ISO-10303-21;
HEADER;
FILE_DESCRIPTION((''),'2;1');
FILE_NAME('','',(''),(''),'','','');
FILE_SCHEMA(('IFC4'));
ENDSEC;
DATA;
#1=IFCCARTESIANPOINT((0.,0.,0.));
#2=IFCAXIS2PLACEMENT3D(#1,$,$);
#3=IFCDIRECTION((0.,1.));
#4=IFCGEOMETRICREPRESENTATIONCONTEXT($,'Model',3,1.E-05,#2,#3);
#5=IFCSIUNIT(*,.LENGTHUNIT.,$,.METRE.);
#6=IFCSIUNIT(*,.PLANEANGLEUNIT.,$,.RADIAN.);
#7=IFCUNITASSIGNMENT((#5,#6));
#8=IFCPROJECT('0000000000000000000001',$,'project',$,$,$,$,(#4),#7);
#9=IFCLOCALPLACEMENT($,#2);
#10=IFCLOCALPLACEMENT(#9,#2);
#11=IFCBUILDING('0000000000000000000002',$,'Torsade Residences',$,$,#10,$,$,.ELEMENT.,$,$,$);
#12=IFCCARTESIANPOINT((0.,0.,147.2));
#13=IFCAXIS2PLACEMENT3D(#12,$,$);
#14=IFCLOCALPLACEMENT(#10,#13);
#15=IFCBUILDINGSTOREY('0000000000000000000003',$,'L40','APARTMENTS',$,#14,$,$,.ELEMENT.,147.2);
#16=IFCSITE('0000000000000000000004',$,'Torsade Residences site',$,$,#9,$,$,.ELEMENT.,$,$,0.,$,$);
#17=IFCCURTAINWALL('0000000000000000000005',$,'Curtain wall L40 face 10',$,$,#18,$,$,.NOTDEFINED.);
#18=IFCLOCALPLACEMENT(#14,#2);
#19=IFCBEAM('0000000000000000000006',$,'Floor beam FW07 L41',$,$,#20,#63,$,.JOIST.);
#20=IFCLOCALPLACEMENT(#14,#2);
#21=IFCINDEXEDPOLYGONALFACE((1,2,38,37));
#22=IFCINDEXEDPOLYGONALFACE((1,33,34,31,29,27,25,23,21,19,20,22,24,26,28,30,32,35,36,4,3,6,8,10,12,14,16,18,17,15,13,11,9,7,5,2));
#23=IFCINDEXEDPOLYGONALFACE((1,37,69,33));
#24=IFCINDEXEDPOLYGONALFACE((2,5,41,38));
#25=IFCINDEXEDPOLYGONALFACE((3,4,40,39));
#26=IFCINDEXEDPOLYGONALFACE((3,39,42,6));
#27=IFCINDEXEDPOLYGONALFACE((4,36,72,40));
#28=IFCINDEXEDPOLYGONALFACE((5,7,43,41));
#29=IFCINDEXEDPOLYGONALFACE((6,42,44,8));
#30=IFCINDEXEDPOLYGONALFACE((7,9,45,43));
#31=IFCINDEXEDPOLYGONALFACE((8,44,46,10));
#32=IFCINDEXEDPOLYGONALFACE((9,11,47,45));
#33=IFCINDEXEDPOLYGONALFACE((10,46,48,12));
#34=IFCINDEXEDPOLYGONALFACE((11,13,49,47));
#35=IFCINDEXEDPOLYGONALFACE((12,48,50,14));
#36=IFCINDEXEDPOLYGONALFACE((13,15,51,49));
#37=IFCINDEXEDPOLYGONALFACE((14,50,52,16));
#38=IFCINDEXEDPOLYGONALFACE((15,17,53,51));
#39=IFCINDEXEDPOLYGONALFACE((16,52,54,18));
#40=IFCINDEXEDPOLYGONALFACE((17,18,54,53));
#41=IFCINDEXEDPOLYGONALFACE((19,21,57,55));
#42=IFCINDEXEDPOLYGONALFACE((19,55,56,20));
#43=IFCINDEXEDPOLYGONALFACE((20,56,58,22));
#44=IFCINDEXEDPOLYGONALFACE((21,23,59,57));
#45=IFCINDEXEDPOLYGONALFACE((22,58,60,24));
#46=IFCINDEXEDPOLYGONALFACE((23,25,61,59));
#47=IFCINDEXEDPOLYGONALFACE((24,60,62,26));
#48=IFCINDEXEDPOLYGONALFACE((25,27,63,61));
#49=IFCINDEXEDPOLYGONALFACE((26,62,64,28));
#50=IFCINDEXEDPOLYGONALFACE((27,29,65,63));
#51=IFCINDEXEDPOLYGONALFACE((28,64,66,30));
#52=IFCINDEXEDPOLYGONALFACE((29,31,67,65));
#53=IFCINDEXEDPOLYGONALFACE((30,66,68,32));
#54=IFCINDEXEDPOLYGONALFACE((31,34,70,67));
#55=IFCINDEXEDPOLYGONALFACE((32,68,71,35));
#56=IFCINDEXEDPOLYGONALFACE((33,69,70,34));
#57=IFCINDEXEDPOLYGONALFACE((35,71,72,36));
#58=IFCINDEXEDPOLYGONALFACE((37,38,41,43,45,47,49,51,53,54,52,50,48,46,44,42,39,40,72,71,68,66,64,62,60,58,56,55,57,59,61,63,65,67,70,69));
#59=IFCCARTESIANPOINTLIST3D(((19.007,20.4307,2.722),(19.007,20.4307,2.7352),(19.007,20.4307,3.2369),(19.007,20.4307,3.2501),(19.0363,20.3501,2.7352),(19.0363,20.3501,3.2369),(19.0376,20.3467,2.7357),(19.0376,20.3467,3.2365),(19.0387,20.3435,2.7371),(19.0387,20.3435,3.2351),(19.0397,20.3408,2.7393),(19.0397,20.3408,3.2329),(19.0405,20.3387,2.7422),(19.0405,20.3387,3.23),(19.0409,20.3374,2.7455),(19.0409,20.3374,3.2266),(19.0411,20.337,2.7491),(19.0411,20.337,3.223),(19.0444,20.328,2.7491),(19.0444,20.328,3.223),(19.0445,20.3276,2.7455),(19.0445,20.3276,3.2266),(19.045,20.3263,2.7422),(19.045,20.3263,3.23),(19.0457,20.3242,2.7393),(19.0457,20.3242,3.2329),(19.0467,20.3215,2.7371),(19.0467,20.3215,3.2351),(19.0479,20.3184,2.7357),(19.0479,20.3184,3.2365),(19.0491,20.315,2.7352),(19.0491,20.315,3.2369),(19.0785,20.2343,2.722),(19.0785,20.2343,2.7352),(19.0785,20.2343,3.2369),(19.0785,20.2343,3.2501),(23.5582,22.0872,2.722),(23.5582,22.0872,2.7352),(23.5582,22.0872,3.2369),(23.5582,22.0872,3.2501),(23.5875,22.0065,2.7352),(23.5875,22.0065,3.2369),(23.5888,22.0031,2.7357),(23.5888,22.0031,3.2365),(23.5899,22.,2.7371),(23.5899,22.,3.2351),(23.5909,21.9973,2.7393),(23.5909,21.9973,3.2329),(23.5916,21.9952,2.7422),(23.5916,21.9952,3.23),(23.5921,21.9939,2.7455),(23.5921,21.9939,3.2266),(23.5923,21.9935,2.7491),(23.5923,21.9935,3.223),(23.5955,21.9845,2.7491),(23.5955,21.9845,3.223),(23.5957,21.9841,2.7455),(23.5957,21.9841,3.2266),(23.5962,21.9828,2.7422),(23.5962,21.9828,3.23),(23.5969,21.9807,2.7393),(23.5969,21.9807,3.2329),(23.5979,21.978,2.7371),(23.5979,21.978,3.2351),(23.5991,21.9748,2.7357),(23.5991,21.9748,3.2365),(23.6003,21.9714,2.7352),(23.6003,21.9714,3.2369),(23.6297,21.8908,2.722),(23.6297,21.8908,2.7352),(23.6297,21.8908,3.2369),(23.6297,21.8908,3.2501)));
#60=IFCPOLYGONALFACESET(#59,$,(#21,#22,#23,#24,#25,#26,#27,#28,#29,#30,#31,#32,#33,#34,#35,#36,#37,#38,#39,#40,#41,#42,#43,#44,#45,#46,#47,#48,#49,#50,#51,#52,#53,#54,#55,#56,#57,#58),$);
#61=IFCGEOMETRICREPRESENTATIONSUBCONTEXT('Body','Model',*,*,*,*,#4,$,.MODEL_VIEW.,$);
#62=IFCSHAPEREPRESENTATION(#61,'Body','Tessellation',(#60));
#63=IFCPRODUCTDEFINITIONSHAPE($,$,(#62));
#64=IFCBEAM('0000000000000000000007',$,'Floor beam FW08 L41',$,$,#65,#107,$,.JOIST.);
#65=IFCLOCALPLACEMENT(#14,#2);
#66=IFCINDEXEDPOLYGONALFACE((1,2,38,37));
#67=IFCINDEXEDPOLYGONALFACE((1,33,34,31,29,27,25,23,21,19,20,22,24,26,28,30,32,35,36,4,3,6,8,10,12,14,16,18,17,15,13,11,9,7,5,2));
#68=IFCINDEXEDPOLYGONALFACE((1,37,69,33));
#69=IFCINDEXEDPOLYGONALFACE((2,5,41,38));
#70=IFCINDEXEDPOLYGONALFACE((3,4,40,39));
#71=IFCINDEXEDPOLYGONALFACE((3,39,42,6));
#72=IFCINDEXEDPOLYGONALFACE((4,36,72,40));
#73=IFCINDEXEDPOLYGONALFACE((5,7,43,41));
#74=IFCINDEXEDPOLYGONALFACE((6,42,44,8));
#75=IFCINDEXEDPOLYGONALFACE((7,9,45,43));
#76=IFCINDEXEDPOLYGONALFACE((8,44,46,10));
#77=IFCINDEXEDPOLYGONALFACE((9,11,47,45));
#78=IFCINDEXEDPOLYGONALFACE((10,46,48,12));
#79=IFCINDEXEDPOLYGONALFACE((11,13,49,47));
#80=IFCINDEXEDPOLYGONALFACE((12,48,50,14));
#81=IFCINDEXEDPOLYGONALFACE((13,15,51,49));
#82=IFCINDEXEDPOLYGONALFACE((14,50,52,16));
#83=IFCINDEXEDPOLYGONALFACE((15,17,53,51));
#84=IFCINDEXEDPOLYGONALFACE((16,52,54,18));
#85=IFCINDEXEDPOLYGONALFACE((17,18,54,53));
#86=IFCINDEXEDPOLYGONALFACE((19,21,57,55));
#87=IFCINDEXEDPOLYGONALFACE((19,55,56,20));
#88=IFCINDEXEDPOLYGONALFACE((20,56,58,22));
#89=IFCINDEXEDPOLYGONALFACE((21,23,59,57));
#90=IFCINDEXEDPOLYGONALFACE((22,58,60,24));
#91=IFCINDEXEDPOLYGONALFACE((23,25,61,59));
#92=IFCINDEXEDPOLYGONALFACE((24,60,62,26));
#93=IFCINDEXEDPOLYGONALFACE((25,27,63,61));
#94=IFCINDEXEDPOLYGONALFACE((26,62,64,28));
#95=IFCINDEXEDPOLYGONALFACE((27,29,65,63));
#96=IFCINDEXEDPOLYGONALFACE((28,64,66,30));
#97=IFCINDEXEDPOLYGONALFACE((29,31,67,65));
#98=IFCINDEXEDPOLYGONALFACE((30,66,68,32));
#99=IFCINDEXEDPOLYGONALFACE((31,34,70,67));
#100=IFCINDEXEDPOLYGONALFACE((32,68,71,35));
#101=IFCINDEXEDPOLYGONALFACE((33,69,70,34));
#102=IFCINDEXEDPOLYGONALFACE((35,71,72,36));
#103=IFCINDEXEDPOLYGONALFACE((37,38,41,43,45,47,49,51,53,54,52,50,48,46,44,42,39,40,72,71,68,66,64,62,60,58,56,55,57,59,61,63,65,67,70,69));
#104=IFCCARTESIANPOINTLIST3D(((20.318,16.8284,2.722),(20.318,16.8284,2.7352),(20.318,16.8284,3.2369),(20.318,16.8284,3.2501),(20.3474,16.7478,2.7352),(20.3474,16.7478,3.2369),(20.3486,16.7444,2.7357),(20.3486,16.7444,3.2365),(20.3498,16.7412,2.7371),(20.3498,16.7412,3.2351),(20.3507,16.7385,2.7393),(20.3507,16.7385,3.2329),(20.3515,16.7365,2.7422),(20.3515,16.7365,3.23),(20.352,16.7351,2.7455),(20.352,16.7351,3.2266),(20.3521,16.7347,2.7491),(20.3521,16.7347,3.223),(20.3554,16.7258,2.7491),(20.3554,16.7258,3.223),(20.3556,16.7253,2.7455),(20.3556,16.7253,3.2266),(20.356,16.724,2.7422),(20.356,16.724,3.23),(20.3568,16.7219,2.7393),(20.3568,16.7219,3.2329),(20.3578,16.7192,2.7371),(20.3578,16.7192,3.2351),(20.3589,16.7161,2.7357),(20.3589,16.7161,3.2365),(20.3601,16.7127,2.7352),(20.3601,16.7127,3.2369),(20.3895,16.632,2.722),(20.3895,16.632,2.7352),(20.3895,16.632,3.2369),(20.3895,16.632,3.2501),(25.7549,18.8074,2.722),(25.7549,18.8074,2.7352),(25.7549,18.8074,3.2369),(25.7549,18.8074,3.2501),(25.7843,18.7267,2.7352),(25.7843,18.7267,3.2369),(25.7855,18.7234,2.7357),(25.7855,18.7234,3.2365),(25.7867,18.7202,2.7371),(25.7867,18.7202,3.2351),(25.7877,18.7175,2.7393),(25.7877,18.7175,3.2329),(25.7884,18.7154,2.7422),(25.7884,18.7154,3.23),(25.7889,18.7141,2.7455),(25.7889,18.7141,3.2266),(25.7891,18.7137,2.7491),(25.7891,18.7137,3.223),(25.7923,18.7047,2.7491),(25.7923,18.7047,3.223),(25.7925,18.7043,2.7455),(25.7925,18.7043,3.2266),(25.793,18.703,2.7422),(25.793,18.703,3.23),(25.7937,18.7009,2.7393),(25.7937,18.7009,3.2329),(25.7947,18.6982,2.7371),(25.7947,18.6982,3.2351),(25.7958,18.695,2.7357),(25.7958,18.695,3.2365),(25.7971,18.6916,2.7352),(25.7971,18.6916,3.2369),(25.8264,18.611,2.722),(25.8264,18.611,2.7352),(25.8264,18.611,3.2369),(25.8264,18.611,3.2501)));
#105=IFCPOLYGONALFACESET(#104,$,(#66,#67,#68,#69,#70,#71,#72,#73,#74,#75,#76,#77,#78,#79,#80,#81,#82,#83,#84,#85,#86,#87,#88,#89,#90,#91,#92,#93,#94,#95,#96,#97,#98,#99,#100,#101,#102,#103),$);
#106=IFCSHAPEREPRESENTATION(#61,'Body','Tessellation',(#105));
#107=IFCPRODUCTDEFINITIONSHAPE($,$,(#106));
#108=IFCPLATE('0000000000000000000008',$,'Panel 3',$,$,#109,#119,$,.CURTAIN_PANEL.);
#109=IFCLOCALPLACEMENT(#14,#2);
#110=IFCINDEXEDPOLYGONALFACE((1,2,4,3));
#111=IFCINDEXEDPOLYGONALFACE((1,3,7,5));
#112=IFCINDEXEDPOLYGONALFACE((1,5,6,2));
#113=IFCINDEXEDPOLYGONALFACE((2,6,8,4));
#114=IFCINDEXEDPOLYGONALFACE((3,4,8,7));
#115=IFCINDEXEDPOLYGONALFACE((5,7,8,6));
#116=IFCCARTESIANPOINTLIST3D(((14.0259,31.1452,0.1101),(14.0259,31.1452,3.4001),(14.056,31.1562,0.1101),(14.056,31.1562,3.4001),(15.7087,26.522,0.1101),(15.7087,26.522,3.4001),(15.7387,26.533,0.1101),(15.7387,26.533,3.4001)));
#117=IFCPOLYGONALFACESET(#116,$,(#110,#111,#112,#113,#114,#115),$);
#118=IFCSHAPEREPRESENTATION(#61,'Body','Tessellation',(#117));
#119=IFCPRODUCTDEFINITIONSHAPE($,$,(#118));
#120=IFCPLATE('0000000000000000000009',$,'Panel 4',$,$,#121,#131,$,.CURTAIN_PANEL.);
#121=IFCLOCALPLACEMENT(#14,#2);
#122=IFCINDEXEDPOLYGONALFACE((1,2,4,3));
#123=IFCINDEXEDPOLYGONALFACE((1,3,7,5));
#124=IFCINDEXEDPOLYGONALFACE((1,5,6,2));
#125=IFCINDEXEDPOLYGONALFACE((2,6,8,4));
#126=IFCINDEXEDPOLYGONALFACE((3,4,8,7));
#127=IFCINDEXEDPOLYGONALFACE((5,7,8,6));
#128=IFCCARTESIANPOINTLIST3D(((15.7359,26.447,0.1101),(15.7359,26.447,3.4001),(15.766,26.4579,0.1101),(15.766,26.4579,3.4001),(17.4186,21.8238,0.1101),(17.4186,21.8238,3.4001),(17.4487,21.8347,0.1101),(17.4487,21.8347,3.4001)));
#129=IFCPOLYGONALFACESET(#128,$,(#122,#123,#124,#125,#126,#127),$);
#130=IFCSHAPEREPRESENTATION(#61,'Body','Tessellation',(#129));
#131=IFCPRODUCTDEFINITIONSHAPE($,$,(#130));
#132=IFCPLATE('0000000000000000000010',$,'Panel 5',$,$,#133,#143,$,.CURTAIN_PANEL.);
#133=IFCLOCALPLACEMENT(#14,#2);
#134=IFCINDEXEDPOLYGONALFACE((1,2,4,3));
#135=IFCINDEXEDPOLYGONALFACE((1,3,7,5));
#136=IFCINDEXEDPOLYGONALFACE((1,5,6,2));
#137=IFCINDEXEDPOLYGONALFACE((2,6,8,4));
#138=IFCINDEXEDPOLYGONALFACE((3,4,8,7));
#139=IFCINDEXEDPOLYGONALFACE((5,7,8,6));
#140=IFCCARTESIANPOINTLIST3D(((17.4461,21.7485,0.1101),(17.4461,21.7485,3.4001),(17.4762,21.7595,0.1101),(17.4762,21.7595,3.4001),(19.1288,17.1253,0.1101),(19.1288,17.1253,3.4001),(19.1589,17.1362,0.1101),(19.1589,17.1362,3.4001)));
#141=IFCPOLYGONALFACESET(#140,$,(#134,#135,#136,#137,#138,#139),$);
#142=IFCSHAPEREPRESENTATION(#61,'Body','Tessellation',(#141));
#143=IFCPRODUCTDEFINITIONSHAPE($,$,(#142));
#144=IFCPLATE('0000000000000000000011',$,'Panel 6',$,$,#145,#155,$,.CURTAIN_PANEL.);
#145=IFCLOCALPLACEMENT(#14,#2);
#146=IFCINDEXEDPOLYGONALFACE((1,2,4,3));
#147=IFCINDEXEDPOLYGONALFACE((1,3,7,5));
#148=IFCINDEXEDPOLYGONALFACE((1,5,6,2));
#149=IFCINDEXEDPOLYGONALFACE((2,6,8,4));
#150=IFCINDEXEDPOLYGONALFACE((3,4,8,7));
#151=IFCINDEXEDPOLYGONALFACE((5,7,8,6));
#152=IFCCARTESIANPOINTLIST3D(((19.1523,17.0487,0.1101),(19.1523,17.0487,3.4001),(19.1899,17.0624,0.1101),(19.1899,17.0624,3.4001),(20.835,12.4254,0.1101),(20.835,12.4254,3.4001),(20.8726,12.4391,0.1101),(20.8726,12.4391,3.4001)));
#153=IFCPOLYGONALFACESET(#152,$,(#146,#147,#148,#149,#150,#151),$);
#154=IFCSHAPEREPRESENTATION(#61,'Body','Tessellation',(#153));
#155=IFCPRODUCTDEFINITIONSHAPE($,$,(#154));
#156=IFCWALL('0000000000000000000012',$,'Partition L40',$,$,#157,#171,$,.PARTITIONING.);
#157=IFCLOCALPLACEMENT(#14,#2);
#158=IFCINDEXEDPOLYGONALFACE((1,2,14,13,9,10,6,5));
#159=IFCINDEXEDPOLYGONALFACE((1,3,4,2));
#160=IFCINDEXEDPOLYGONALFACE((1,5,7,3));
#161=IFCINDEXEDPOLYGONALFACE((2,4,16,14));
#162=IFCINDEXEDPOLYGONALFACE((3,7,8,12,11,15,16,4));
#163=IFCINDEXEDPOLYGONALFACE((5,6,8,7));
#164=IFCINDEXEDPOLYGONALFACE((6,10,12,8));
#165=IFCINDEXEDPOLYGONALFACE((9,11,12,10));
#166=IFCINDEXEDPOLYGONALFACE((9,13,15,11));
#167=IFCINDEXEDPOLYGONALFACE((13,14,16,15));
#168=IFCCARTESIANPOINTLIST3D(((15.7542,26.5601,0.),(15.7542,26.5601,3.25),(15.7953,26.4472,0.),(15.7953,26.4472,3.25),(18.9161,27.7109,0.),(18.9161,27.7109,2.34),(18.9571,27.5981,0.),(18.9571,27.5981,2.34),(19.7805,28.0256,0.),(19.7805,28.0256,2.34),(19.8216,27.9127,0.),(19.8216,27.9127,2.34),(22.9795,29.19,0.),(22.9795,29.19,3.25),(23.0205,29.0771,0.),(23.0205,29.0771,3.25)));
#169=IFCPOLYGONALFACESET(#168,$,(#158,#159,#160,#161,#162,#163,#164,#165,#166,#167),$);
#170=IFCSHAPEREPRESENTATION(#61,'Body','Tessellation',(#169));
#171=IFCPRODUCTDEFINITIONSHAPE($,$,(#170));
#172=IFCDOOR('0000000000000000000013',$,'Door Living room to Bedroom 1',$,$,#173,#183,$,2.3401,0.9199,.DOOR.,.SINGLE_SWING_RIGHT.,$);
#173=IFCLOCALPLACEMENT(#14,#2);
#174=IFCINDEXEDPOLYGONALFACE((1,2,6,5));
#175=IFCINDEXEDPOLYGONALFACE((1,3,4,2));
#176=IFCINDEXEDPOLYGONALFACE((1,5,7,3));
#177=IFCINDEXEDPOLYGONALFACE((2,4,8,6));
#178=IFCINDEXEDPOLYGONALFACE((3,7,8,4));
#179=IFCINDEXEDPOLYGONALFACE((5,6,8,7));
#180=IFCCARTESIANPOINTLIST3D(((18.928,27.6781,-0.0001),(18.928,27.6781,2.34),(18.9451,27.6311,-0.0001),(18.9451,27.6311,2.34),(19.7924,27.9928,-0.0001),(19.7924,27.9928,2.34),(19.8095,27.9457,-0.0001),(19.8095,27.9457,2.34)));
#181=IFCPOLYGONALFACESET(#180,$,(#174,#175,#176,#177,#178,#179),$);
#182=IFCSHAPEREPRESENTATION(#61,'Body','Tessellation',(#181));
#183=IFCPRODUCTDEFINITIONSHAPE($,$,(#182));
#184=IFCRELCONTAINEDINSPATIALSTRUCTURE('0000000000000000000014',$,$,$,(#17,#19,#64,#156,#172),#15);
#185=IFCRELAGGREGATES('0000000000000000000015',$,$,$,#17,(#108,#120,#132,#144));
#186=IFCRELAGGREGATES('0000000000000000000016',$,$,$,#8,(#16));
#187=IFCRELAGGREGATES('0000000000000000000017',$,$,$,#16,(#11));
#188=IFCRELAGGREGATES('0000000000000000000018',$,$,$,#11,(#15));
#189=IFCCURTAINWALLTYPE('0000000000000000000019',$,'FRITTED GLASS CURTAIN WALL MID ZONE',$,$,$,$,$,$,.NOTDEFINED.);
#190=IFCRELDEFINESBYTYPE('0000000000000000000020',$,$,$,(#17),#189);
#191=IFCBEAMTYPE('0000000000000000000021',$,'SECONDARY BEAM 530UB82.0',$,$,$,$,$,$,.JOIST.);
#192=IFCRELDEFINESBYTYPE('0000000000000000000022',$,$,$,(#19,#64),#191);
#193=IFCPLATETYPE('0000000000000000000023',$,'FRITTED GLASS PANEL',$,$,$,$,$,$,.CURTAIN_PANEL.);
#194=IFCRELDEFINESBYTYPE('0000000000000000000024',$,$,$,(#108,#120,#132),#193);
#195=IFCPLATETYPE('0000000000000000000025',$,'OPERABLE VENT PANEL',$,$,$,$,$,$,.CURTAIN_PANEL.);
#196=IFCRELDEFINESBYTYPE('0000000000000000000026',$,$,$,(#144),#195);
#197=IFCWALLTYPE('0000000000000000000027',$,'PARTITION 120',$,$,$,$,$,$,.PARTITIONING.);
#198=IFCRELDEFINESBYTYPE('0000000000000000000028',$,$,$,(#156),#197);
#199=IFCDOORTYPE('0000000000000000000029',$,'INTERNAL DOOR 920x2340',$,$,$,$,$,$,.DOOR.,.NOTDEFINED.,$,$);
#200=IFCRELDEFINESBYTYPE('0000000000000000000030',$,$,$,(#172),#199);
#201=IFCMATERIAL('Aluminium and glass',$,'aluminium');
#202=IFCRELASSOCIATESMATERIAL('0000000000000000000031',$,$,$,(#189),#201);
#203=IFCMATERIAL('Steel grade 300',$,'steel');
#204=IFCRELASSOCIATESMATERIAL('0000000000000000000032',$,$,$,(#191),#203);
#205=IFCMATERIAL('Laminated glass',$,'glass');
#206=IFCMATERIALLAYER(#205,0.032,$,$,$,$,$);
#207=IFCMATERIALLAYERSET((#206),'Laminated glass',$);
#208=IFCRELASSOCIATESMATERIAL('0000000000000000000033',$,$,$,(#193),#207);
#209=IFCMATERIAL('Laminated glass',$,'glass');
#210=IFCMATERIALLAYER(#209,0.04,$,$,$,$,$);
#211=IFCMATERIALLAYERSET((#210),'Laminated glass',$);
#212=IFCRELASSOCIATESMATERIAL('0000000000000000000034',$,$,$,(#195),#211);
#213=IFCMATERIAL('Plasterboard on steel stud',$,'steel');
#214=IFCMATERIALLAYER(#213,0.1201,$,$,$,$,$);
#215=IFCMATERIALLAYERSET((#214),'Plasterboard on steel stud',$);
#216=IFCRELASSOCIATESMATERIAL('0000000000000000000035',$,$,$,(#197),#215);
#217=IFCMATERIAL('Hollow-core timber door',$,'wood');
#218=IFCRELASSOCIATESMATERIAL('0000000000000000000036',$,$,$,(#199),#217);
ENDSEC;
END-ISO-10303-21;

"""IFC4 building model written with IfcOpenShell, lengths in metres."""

from ifc_helpers import new_model, si_unit, direction, frame, frame_2d, origin, origin_2d, place, context, subcontext, project, spatial, rectangle, i_section, extrude, material, layer, layer_set, material_profile, profile_set, type_object, element, fill, aggregate, save


model = new_model("IFC4")

# Units and contexts
model_context = context("Model", 3, precision=1e-05, world=origin(), true_north=direction((0.0, 1.0)))
body_context = subcontext(model_context, "Body", "Model", "MODEL_VIEW")
ifc_project = project(units=[si_unit("LENGTHUNIT", "METRE"), si_unit("PLANEANGLEUNIT", "RADIAN")], contexts=[model_context])

# Site, building, storey
site_placement = place(None, origin())
site = spatial("IfcSite", under=ifc_project, at=site_placement, Name="Torsade Residences site", CompositionType="ELEMENT", RefElevation=0.0)
building_placement = place(site_placement, origin())
building = spatial("IfcBuilding", under=site, at=building_placement, Name="Torsade Residences", CompositionType="ELEMENT")
storey_placement = place(building_placement, frame((0.0, 0.0, 147.2)))
storey = spatial("IfcBuildingStorey", under=building, at=storey_placement, Name="L40", Description="APARTMENTS", CompositionType="ELEMENT", Elevation=147.2)

# Curtain wall
ifc_material_1 = material(Name="Aluminium and glass", Category="aluminium")
curtain_wall_type = type_object("IfcCurtainWallType", Name="FRITTED GLASS CURTAIN WALL MID ZONE", PredefinedType="NOTDEFINED", material=ifc_material_1)
curtain_wall_placement = place(storey_placement, origin())
curtain_wall = element("IfcCurtainWall", 1, at=curtain_wall_placement, inside=storey, type_object=curtain_wall_type, Name="Curtain wall L40 face 10", PredefinedType="NOTDEFINED")

# Beams
ifc_material_2 = material(Name="Steel grade 300", Category="steel")
ifc_material_profile_1 = material_profile(ifc_material_2, i_section(OverallWidth=0.209, OverallDepth=0.5281, WebThickness=0.0095, FlangeThickness=0.0132, FilletRadius=0.0139, at=origin_2d()), Name="530UB82.0")
ifc_profile_set_1 = profile_set([ifc_material_profile_1], Name="Steel grade 300")
beam_type_1 = type_object("IfcBeamType", Name="SECONDARY BEAM 530UB82.0", PredefinedType="JOIST", material=ifc_profile_set_1)
beam_1_placement = place(storey_placement, frame((19.0427, 20.3325, 2.9861), z_axis=(0.939695, 0.342014, 0.0), x_axis=(-0.342014, 0.939695, 0.0)))
element("IfcBeam", 2, at=beam_1_placement, inside=storey, type_object=beam_type_1, Name="Floor beam FW07 L41", PredefinedType="JOIST", context=body_context, shape_type="SweptSolid", body=[
    extrude(i_section(OverallWidth=0.209, OverallDepth=0.5281, WebThickness=0.0095, FlangeThickness=0.0132, FilletRadius=0.0139, at=origin_2d()), origin(), (0.0, 0.0, 1.0), 4.8433),
])
beam_2_placement = place(storey_placement, frame((20.3538, 16.7302, 2.9861), z_axis=(0.939687, 0.342034, 0.0), x_axis=(-0.342034, 0.939687, 0.0)))
element("IfcBeam", 3, at=beam_2_placement, inside=storey, type_object=beam_type_1, Name="Floor beam FW08 L41", PredefinedType="JOIST", context=body_context, shape_type="SweptSolid", body=[
    extrude(i_section(OverallWidth=0.209, OverallDepth=0.5281, WebThickness=0.0095, FlangeThickness=0.0132, FilletRadius=0.0139, at=origin_2d()), origin(), (0.0, 0.0, 1.0), 5.7859),
])

# Plates
ifc_material_3 = material(Name="Laminated glass", Category="glass")
ifc_layer_1 = layer(ifc_material_3, 0.032)
ifc_layer_set_1 = layer_set([ifc_layer_1], Name="Laminated glass")
plate_type_1 = type_object("IfcPlateType", Name="FRITTED GLASS PANEL", PredefinedType="CURTAIN_PANEL", material=ifc_layer_set_1)
plate_1_placement = place(storey_placement, frame((14.8823, 28.8391, 0.1101), z_axis=(0.0, 0.0, 1.0), x_axis=(0.34202, -0.939693, 0.0)))
plate_1 = element("IfcPlate", 4, at=plate_1_placement, type_object=plate_type_1, Name="Panel 3", PredefinedType="CURTAIN_PANEL", context=body_context, shape_type="SweptSolid", body=[
    extrude(rectangle(XDim=4.9199, YDim=0.032, at=origin_2d()), origin(), (0.0, 0.0, 1.0), 3.29),
])
plate_2_placement = place(storey_placement, frame((16.5923, 24.1409, 0.1101), z_axis=(0.0, 0.0, 1.0), x_axis=(0.34202, -0.939693, 0.0)))
plate_2 = element("IfcPlate", 5, at=plate_2_placement, type_object=plate_type_1, Name="Panel 4", PredefinedType="CURTAIN_PANEL", context=body_context, shape_type="SweptSolid", body=[
    extrude(rectangle(XDim=4.9199, YDim=0.032, at=origin_2d()), origin(), (0.0, 0.0, 1.0), 3.29),
])
plate_3_placement = place(storey_placement, frame((18.3025, 19.4424, 0.1101), z_axis=(0.0, 0.0, 1.0), x_axis=(0.34202, -0.939693, 0.0)))
plate_3 = element("IfcPlate", 6, at=plate_3_placement, type_object=plate_type_1, Name="Panel 5", PredefinedType="CURTAIN_PANEL", context=body_context, shape_type="SweptSolid", body=[
    extrude(rectangle(XDim=4.9199, YDim=0.032, at=origin_2d()), origin(), (0.0, 0.0, 1.0), 3.29),
])
ifc_material_4 = material(Name="Laminated glass", Category="glass")
ifc_layer_2 = layer(ifc_material_4, 0.04)
ifc_layer_set_2 = layer_set([ifc_layer_2], Name="Laminated glass")
plate_type_2 = type_object("IfcPlateType", Name="OPERABLE VENT PANEL", PredefinedType="CURTAIN_PANEL", material=ifc_layer_set_2)
plate_4_placement = place(storey_placement, frame((20.0125, 14.7439, 0.1101), z_axis=(0.0, 0.0, 1.0), x_axis=(0.34202, -0.939693, 0.0)))
plate_4 = element("IfcPlate", 7, at=plate_4_placement, type_object=plate_type_2, Name="Panel 6", PredefinedType="CURTAIN_PANEL", context=body_context, shape_type="SweptSolid", body=[
    extrude(rectangle(XDim=4.9199, YDim=0.04, at=origin_2d()), origin(), (0.0, 0.0, 1.0), 3.29),
])
aggregate(curtain_wall, [plate_1, plate_2, plate_3, plate_4])

# Wall, opening, door
ifc_material_5 = material(Name="Plasterboard on steel stud", Category="steel")
ifc_layer_3 = layer(ifc_material_5, 0.1201)
ifc_layer_set_3 = layer_set([ifc_layer_3], Name="Plasterboard on steel stud")
wall_type_1 = type_object("IfcWallType", Name="PARTITION 120", PredefinedType="PARTITIONING", material=ifc_layer_set_3)
wall_1_placement = place(storey_placement, frame((23.0, 29.1335, 0.0), z_axis=(0.0, 0.0, 1.0), x_axis=(-0.939686, -0.342039, 0.0)))
wall_1 = element("IfcWall", 8, at=wall_1_placement, inside=storey, type_object=wall_type_1, Name="Partition L40", PredefinedType="PARTITIONING", context=body_context, shape_type="SweptSolid", body=[
    extrude(rectangle(XDim=7.689, YDim=0.1201, at=frame_2d((3.8445, 0.0))), origin(), (0.0, 0.0, 1.0), 3.25),
])
opening_1_placement = place(wall_1_placement, frame((3.4043, 0.0, 0.0)))
opening_1 = element("IfcOpeningElement", 9, at=opening_1_placement, cuts=wall_1, PredefinedType="OPENING", context=body_context, shape_type="SweptSolid", body=[
    extrude(rectangle(XDim=0.9199, YDim=2.3401, at=frame_2d((0.46, 1.1699))), frame((0.0, 0.0701, 0.0), z_axis=(0.0, -1.0, 0.0), x_axis=(1.0, 0.0, 0.0)), (0.0, 0.0, 1.0), 0.1401),
])
ifc_material_6 = material(Name="Hollow-core timber door", Category="wood")
door_type_1 = type_object("IfcDoorType", Name="INTERNAL DOOR 920x2340", OperationType="NOTDEFINED", PredefinedType="DOOR", material=ifc_material_6)
door_1_placement = place(opening_1_placement, origin())
door_1 = element("IfcDoor", 10, at=door_1_placement, inside=storey, type_object=door_type_1, Name="Door Living room to Bedroom 1", OperationType="SINGLE_SWING_RIGHT", OverallHeight=2.3401, OverallWidth=0.9199, PredefinedType="DOOR", context=body_context, shape_type="SweptSolid", body=[
    extrude(rectangle(XDim=0.9199, YDim=2.3401, at=frame_2d((0.46, 1.1699))), frame((0.0, 0.0249, 0.0), z_axis=(0.0, -1.0, 0.0), x_axis=(1.0, 0.0, 0.0)), (0.0, 0.0, 1.0), 0.05),
])
fill(opening_1, door_1)

save(model, "model.ifc")
